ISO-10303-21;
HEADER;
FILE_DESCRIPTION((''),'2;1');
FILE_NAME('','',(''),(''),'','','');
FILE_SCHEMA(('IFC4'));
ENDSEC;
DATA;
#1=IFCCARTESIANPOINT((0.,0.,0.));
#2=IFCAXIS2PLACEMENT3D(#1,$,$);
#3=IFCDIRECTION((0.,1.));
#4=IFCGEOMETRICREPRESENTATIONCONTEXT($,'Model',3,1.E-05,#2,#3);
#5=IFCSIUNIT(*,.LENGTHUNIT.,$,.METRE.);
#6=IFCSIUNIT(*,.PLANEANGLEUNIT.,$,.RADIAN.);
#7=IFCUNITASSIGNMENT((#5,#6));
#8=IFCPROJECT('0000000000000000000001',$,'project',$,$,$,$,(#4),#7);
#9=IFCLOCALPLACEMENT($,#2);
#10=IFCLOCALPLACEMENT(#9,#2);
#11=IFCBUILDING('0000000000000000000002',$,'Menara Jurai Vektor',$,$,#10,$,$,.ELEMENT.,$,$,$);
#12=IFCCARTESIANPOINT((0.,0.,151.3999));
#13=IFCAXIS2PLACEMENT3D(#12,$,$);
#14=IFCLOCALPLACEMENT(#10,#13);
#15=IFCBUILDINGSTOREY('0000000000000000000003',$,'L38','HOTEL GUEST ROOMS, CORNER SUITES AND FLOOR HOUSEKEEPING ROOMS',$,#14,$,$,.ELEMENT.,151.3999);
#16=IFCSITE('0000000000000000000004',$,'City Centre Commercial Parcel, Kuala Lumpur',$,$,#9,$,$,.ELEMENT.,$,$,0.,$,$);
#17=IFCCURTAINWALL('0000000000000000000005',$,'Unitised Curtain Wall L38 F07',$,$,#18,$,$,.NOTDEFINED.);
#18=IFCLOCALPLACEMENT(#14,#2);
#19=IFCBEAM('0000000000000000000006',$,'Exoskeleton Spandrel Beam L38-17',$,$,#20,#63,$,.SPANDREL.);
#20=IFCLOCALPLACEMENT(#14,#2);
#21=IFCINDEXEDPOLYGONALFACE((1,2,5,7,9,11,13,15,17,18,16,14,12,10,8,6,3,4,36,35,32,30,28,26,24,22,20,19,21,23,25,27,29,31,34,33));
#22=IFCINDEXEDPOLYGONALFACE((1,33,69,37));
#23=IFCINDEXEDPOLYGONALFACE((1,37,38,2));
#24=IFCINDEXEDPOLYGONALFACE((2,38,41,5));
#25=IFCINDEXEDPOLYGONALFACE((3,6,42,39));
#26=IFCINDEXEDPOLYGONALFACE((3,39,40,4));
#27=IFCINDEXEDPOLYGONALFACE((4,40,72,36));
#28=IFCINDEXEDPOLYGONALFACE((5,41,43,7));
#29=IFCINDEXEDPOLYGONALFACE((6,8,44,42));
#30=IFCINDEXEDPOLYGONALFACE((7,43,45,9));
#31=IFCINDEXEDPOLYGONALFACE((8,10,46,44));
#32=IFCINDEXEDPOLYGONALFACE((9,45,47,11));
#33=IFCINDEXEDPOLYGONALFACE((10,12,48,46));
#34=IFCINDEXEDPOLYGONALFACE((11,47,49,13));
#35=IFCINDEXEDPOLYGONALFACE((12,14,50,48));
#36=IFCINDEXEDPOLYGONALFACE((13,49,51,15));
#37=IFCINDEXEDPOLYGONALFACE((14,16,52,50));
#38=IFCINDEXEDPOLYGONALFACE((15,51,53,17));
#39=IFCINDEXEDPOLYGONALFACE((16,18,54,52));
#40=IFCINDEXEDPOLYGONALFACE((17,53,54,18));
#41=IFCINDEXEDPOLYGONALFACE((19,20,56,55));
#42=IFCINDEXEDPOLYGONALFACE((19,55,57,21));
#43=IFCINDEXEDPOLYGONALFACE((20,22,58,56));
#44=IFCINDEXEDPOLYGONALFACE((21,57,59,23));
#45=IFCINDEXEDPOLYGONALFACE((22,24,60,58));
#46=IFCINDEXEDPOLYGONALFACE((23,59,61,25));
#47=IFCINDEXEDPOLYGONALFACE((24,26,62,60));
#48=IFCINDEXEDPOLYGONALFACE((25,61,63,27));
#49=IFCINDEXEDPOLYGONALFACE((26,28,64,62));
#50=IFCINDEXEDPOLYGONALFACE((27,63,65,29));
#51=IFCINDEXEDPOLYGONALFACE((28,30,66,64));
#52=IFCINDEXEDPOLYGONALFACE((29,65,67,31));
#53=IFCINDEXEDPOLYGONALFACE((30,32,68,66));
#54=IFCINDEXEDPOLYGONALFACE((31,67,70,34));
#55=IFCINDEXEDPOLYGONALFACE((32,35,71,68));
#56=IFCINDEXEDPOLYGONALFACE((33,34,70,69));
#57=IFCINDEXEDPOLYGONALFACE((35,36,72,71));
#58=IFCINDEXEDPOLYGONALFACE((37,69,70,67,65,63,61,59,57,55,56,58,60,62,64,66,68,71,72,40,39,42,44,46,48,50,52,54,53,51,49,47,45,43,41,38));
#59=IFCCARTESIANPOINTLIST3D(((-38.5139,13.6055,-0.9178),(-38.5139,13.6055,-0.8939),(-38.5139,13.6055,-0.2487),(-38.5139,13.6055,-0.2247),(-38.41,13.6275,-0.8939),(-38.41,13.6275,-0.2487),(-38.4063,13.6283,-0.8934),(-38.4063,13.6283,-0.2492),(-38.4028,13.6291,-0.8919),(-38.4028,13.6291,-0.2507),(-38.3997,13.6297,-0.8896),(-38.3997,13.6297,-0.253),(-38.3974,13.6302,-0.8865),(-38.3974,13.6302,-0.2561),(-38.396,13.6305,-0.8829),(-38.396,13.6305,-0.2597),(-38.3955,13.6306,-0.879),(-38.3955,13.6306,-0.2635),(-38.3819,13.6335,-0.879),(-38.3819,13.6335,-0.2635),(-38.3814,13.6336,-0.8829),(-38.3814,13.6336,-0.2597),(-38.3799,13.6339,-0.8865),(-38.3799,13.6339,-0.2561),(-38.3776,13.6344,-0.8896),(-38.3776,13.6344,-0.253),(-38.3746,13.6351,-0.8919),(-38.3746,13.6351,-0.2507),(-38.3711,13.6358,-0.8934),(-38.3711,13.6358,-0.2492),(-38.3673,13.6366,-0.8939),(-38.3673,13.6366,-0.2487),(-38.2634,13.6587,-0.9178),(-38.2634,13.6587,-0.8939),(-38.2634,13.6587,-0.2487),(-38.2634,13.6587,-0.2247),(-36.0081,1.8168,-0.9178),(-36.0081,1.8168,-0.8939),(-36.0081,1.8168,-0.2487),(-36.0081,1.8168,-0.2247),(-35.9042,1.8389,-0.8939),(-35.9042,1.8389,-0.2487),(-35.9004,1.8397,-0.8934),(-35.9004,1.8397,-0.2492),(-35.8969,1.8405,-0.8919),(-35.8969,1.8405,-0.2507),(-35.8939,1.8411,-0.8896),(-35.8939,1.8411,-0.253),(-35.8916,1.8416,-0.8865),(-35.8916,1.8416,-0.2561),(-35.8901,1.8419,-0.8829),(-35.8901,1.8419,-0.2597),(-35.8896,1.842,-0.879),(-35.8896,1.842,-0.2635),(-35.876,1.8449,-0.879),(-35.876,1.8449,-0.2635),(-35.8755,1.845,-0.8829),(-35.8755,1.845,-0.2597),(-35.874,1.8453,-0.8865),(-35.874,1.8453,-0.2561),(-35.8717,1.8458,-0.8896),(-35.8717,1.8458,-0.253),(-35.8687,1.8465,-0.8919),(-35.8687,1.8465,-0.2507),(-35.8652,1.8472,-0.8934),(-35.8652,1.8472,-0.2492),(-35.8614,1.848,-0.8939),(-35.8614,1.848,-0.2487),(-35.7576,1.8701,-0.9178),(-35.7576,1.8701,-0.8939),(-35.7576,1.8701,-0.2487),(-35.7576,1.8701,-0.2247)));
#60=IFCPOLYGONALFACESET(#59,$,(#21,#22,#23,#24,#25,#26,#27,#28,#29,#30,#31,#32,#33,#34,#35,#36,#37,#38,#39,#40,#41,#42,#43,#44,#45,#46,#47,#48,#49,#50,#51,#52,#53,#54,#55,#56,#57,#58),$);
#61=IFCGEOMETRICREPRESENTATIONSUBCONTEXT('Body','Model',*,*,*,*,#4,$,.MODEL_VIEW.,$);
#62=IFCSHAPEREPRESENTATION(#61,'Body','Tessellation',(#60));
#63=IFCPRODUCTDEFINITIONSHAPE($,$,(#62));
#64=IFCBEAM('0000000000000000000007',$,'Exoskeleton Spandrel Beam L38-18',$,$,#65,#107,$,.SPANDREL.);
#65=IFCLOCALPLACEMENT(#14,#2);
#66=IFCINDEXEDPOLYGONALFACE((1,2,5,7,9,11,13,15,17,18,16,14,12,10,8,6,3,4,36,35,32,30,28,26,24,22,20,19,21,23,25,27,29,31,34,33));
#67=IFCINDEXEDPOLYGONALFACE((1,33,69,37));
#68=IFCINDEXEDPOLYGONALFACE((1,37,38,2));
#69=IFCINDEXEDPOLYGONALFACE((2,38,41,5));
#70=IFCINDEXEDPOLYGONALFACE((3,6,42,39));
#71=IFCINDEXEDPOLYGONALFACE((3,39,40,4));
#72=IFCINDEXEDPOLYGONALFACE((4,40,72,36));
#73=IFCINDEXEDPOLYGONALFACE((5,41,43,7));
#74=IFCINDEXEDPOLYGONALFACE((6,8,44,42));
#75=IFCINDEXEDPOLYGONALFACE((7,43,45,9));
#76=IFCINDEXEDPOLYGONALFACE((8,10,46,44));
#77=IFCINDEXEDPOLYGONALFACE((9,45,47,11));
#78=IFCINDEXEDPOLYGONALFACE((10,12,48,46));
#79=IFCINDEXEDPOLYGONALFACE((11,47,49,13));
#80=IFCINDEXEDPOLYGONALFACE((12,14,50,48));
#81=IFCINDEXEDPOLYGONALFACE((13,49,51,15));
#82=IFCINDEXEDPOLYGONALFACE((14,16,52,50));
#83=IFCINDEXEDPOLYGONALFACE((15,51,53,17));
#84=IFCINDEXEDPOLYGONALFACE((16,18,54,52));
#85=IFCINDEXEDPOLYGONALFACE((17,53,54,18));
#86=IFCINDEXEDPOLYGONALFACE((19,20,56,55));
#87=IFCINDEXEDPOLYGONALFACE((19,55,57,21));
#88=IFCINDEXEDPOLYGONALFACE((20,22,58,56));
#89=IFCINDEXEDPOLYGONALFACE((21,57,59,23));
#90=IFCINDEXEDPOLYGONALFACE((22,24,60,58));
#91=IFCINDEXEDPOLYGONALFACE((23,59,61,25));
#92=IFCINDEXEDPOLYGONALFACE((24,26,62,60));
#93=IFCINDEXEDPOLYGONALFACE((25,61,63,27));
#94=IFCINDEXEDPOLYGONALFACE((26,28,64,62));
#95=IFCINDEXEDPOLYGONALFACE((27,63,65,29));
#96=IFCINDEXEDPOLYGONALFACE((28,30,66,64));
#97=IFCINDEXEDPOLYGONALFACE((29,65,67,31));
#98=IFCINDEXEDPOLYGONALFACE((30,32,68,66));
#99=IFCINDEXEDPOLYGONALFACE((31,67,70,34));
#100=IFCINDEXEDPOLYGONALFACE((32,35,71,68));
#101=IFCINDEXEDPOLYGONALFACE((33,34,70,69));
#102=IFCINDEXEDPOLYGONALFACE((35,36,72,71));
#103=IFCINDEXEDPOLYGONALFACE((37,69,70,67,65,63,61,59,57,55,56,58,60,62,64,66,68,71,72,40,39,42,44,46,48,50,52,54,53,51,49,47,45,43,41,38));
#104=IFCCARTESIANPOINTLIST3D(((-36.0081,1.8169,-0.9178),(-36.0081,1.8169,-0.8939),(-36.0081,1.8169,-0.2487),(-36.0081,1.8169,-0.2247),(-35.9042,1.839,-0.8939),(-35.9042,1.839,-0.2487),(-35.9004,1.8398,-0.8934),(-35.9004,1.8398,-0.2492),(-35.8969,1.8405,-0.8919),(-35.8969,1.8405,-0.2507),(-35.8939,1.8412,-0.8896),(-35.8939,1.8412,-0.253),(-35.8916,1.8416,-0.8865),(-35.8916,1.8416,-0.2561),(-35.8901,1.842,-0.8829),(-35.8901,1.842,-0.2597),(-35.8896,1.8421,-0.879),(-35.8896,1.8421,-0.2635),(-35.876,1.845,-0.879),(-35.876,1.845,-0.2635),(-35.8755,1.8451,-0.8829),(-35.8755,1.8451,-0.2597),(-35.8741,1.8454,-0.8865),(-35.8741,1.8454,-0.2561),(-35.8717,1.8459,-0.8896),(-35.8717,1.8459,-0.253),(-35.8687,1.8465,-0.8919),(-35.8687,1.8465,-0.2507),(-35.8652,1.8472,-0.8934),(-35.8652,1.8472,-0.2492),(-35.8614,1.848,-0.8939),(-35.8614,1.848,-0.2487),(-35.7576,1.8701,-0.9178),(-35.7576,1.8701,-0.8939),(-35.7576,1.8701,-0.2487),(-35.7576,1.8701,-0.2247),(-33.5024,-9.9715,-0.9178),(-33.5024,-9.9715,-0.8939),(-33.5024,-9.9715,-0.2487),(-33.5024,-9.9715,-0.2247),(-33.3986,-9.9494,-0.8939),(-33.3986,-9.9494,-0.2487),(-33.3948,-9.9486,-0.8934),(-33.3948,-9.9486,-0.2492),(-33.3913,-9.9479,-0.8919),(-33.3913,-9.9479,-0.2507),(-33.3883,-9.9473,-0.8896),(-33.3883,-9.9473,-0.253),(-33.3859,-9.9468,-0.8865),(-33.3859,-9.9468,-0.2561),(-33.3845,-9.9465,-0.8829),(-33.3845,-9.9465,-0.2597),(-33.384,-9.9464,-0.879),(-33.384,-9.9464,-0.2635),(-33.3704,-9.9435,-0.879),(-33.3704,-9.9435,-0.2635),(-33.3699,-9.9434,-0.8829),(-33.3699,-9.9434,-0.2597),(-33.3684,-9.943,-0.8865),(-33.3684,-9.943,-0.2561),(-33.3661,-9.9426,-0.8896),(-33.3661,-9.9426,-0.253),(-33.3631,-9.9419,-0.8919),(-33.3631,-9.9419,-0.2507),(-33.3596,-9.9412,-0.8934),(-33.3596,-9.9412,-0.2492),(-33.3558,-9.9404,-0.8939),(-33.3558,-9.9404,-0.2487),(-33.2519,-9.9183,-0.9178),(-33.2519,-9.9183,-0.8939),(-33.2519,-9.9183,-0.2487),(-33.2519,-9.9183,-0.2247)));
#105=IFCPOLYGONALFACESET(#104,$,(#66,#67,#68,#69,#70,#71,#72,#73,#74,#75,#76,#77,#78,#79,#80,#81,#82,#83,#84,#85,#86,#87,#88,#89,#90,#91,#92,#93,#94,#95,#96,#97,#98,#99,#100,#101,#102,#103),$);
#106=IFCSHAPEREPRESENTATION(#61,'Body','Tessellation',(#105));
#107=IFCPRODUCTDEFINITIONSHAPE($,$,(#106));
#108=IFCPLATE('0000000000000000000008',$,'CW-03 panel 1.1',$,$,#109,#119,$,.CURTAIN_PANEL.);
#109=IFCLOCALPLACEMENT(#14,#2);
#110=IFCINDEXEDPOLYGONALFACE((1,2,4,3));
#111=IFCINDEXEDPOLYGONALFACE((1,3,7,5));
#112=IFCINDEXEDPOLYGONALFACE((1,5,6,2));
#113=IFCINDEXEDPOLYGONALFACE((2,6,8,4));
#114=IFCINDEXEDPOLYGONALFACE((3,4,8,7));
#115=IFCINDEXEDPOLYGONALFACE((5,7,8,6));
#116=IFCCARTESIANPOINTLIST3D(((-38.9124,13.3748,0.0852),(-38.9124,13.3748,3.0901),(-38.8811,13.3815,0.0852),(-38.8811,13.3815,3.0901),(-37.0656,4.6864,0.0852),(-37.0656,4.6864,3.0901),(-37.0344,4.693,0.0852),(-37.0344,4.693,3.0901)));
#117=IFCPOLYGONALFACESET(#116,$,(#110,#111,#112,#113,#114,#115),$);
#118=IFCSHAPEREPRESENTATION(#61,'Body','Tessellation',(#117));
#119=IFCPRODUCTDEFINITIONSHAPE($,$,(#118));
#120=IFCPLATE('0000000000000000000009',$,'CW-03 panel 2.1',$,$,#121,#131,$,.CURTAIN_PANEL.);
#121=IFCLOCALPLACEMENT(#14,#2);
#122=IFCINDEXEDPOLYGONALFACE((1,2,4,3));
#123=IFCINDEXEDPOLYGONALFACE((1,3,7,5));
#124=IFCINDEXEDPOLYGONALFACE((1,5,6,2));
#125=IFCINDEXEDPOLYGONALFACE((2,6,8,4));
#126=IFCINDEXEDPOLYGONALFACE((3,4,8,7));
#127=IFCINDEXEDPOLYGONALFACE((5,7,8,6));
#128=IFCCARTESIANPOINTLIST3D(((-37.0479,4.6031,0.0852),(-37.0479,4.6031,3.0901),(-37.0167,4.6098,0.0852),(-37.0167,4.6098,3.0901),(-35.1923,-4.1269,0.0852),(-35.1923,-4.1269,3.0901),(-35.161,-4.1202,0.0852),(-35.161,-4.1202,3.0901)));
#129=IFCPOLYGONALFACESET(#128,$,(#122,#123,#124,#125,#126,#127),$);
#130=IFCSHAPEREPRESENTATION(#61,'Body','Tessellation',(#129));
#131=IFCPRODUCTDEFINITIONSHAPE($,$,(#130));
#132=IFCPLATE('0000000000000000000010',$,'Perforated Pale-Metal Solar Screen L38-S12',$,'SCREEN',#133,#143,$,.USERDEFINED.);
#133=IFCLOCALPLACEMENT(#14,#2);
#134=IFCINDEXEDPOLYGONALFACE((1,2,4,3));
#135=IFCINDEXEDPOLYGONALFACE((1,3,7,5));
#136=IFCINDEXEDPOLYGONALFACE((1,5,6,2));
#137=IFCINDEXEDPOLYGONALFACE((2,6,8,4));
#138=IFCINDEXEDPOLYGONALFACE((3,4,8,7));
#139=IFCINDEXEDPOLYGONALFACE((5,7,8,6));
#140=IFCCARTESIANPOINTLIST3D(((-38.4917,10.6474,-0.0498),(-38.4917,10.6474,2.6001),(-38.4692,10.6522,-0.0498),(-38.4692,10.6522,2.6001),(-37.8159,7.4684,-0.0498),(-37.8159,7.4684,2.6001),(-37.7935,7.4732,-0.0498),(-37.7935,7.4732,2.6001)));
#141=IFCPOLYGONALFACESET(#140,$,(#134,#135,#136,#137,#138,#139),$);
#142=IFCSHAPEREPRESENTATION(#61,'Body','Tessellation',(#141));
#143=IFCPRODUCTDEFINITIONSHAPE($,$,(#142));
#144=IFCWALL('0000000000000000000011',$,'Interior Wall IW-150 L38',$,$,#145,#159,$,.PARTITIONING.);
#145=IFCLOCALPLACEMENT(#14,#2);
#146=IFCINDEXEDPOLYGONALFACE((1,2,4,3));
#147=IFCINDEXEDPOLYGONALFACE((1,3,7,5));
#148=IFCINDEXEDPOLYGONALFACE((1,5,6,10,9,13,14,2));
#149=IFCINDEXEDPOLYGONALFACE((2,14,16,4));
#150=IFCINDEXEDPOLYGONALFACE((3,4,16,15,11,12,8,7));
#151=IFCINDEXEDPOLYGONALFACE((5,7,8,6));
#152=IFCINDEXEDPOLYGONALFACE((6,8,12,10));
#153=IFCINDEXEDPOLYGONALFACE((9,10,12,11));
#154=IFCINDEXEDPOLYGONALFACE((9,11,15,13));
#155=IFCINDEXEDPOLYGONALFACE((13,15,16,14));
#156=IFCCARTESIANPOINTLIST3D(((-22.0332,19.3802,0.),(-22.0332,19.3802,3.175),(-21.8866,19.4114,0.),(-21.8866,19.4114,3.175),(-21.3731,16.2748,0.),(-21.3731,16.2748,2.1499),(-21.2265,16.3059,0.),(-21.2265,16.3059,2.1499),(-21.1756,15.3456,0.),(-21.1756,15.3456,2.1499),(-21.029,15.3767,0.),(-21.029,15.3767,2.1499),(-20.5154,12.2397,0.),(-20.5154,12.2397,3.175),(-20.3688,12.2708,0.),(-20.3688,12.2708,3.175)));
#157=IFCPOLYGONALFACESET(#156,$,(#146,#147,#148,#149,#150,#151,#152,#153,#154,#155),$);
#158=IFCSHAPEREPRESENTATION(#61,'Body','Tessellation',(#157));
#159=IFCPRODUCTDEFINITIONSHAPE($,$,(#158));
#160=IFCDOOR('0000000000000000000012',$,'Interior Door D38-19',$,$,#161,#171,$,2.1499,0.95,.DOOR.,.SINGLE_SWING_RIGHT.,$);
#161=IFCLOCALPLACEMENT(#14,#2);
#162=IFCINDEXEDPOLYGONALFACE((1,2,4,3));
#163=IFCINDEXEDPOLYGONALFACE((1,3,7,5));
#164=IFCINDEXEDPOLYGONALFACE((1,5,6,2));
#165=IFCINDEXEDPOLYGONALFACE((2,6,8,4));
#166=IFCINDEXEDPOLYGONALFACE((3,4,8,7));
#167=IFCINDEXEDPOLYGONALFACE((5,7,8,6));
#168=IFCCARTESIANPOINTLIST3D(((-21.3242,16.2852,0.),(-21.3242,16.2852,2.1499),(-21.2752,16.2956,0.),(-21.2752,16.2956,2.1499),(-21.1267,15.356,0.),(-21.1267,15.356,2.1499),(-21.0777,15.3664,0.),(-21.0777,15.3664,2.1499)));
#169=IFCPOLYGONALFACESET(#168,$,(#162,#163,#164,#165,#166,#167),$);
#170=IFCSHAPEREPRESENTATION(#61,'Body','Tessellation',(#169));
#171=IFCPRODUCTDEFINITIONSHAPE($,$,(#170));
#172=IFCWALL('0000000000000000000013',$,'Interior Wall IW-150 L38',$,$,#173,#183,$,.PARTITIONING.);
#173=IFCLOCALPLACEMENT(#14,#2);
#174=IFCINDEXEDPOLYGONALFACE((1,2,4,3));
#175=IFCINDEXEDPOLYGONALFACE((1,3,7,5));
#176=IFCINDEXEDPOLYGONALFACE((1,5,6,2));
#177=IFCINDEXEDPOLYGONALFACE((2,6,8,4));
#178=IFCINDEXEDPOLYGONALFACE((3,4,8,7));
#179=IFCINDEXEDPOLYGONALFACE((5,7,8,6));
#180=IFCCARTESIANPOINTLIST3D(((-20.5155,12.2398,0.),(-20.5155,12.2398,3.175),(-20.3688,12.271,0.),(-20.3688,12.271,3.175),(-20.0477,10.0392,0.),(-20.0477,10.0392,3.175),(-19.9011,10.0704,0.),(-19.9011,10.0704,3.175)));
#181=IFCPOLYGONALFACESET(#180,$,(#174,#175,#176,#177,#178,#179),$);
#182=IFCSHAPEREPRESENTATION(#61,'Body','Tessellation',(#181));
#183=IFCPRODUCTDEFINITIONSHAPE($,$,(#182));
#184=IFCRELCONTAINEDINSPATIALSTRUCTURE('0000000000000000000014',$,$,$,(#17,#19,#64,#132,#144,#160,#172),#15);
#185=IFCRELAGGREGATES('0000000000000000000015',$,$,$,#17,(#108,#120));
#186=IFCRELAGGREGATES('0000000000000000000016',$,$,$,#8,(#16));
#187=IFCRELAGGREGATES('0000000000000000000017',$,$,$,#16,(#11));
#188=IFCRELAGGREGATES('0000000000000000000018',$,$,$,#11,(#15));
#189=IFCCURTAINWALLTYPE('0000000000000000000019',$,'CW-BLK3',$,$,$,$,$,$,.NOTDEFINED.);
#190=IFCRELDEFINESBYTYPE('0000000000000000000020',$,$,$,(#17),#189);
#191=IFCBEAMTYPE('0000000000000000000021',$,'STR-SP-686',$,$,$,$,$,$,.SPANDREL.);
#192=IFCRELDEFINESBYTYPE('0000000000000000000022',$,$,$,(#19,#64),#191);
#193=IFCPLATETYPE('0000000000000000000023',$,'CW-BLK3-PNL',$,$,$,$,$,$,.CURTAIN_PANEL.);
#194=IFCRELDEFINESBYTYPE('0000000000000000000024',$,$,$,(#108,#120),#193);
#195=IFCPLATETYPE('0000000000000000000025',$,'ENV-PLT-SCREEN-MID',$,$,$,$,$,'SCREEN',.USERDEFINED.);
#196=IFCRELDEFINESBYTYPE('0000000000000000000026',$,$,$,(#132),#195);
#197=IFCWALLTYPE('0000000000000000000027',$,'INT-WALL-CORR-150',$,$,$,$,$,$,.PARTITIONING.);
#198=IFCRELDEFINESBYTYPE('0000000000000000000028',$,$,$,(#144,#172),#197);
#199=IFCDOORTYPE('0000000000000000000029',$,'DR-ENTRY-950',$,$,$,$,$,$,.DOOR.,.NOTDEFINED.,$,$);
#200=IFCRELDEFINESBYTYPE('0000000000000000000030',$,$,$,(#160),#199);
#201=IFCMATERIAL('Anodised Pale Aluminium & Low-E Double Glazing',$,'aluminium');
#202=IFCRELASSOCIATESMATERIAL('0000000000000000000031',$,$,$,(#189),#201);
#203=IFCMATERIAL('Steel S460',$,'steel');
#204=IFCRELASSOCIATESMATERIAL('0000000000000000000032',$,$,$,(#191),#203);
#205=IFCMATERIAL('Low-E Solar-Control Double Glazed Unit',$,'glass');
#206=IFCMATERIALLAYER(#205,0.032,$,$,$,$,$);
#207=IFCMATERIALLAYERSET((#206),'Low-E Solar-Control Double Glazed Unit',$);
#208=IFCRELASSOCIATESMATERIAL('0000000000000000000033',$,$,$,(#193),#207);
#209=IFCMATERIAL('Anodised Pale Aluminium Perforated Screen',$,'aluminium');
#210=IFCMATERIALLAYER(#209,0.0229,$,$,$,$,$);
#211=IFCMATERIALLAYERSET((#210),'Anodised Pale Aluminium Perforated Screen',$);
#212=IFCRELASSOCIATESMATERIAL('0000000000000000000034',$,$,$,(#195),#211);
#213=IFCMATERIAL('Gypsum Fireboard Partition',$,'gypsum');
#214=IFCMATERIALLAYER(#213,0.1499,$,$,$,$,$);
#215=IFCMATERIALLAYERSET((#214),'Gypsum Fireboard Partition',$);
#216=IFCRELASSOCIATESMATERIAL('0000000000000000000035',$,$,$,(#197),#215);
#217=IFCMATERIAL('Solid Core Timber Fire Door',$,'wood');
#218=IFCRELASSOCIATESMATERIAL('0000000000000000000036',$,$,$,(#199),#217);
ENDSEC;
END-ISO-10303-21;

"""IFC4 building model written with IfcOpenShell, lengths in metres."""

from ifc_helpers import new_model, si_unit, direction, frame, frame_2d, origin, origin_2d, place, context, subcontext, project, spatial, rectangle, i_section, extrude, material, layer, layer_set, material_profile, profile_set, type_object, element, fill, aggregate, save


model = new_model("IFC4")

# Units and contexts
model_context = context("Model", 3, precision=1e-05, world=origin(), true_north=direction((0.0, 1.0)))
body_context = subcontext(model_context, "Body", "Model", "MODEL_VIEW")
ifc_project = project(units=[si_unit("LENGTHUNIT", "METRE"), si_unit("PLANEANGLEUNIT", "RADIAN")], contexts=[model_context])

# Site, building, storey
site_placement = place(None, origin())
site = spatial("IfcSite", under=ifc_project, at=site_placement, Name="City Centre Commercial Parcel, Kuala Lumpur", CompositionType="ELEMENT", RefElevation=0.0)
building_placement = place(site_placement, origin())
building = spatial("IfcBuilding", under=site, at=building_placement, Name="Menara Jurai Vektor", CompositionType="ELEMENT")
storey_placement = place(building_placement, frame((0.0, 0.0, 151.3999)))
storey = spatial("IfcBuildingStorey", under=building, at=storey_placement, Name="L38", Description="HOTEL GUEST ROOMS, CORNER SUITES AND FLOOR HOUSEKEEPING ROOMS", CompositionType="ELEMENT", Elevation=151.3999)

# Shared definitions
ifc_material_1 = material(Name="Steel S460", Category="steel")

# Curtain wall
ifc_material_2 = material(Name="Anodised Pale Aluminium & Low-E Double Glazing", Category="aluminium")
curtain_wall_type = type_object("IfcCurtainWallType", Name="CW-BLK3", PredefinedType="NOTDEFINED", material=ifc_material_2)
curtain_wall_placement = place(storey_placement, origin())
curtain_wall = element("IfcCurtainWall", 1, at=curtain_wall_placement, inside=storey, type_object=curtain_wall_type, Name="Unitised Curtain Wall L38 F07", PredefinedType="NOTDEFINED")

# Beams
ifc_material_profile_1 = material_profile(ifc_material_1, i_section(OverallWidth=0.2561, OverallDepth=0.6931, WebThickness=0.0139, FlangeThickness=0.0239, FilletRadius=0.0149, at=origin_2d()), Name="UKB 686x254x170")
ifc_profile_set_1 = profile_set([ifc_material_profile_1], Name="Steel S460")
beam_type_1 = type_object("IfcBeamType", Name="STR-SP-686", PredefinedType="SPANDREL", material=ifc_profile_set_1)
beam_1_placement = place(storey_placement, frame((-38.3887, 13.6321, -0.5713), z_axis=(0.207921, -0.978146, 0.0), x_axis=(0.978146, 0.207921, 0.0)))
element("IfcBeam", 2, at=beam_1_placement, inside=storey, type_object=beam_type_1, Name="Exoskeleton Spandrel Beam L38-17", PredefinedType="SPANDREL", context=body_context, shape_type="SweptSolid", body=[
    extrude(i_section(OverallWidth=0.2561, OverallDepth=0.6931, WebThickness=0.0139, FlangeThickness=0.0239, FilletRadius=0.0149, at=origin_2d()), origin(), (0.0, 0.0, 1.0), 12.052),
])
beam_2_placement = place(storey_placement, frame((-35.8828, 1.8435, -0.5713), z_axis=(0.207906, -0.978149, 0.0), x_axis=(0.978149, 0.207906, 0.0)))
element("IfcBeam", 3, at=beam_2_placement, inside=storey, type_object=beam_type_1, Name="Exoskeleton Spandrel Beam L38-18", PredefinedType="SPANDREL", context=body_context, shape_type="SweptSolid", body=[
    extrude(i_section(OverallWidth=0.2561, OverallDepth=0.6931, WebThickness=0.0139, FlangeThickness=0.0239, FilletRadius=0.0149, at=origin_2d()), origin(), (0.0, 0.0, 1.0), 12.0518),
])

# Plates
ifc_material_3 = material(Name="Low-E Solar-Control Double Glazed Unit", Category="glass")
ifc_layer_1 = layer(ifc_material_3, 0.032)
ifc_layer_set_1 = layer_set([ifc_layer_1], Name="Low-E Solar-Control Double Glazed Unit")
plate_type_1 = type_object("IfcPlateType", Name="CW-BLK3-PNL", PredefinedType="CURTAIN_PANEL", material=ifc_layer_set_1)
plate_1_placement = place(storey_placement, frame((-37.9734, 9.0339, 0.0852), z_axis=(0.0, 0.0, 1.0), x_axis=(0.20791, -0.978148, 0.0)))
plate_1 = element("IfcPlate", 4, at=plate_1_placement, type_object=plate_type_1, Name="CW-03 panel 1.1", PredefinedType="CURTAIN_PANEL", context=body_context, shape_type="SweptSolid", body=[
    extrude(rectangle(XDim=8.8826, YDim=0.032, at=origin_2d()), origin(), (0.0, 0.0, 1.0), 3.0049),
])
plate_2_placement = place(storey_placement, frame((-36.1045, 0.2415, 0.0852), z_axis=(0.0, 0.0, 1.0), x_axis=(0.20791, -0.978148, 0.0)))
plate_2 = element("IfcPlate", 5, at=plate_2_placement, type_object=plate_type_1, Name="CW-03 panel 2.1", PredefinedType="CURTAIN_PANEL", context=body_context, shape_type="SweptSolid", body=[
    extrude(rectangle(XDim=8.925, YDim=0.032, at=origin_2d()), origin(), (0.0, 0.0, 1.0), 3.0049),
])
aggregate(curtain_wall, [plate_1, plate_2])
ifc_material_4 = material(Name="Anodised Pale Aluminium Perforated Screen", Category="aluminium")
ifc_layer_2 = layer(ifc_material_4, 0.0229)
ifc_layer_set_2 = layer_set([ifc_layer_2], Name="Anodised Pale Aluminium Perforated Screen")
plate_type_2 = type_object("IfcPlateType", Name="ENV-PLT-SCREEN-MID", ElementType="SCREEN", PredefinedType="USERDEFINED", material=ifc_layer_set_2)
plate_3_placement = place(storey_placement, frame((-38.1426, 9.0603, -0.0498), z_axis=(0.0, 0.0, 1.0), x_axis=(0.207912, -0.978148, 0.0)))
element("IfcPlate", 6, at=plate_3_placement, inside=storey, type_object=plate_type_2, Name="Perforated Pale-Metal Solar Screen L38-S12", ObjectType="SCREEN", PredefinedType="USERDEFINED", context=body_context, shape_type="SweptSolid", body=[
    extrude(rectangle(XDim=3.25, YDim=0.0229, at=origin_2d()), origin(), (0.0, 0.0, 1.0), 2.6499),
])

# Wall, opening, door
ifc_material_5 = material(Name="Gypsum Fireboard Partition", Category="gypsum")
ifc_layer_3 = layer(ifc_material_5, 0.1499)
ifc_layer_set_3 = layer_set([ifc_layer_3], Name="Gypsum Fireboard Partition")
wall_type = type_object("IfcWallType", Name="INT-WALL-CORR-150", PredefinedType="PARTITIONING", material=ifc_layer_set_3)
wall_1_placement = place(storey_placement, frame((-20.4421, 12.2554, 0.0), z_axis=(0.0, 0.0, 1.0), x_axis=(-0.207916, 0.978147, 0.0)))
wall_1 = element("IfcWall", 7, at=wall_1_placement, inside=storey, type_object=wall_type, Name="Interior Wall IW-150 L38", PredefinedType="PARTITIONING", context=body_context, shape_type="SweptSolid", body=[
    extrude(rectangle(XDim=7.3, YDim=0.1499, at=frame_2d((3.6499, 0.0))), origin(), (0.0, 0.0, 1.0), 3.175),
])
opening_1_placement = place(wall_1_placement, frame((3.175, 0.0, 0.0)))
opening_1 = element("IfcOpeningElement", 8, at=opening_1_placement, cuts=wall_1, PredefinedType="OPENING", context=body_context, shape_type="SweptSolid", body=[
    extrude(rectangle(XDim=0.95, YDim=2.1499, at=frame_2d((0.4751, 1.075))), frame((0.0, 0.085, 0.0), z_axis=(0.0, -1.0, 0.0), x_axis=(1.0, 0.0, 0.0)), (0.0, 0.0, 1.0), 0.1699),
])
ifc_material_6 = material(Name="Solid Core Timber Fire Door", Category="wood")
door_type_1 = type_object("IfcDoorType", Name="DR-ENTRY-950", OperationType="NOTDEFINED", PredefinedType="DOOR", material=ifc_material_6)
door_1_placement = place(opening_1_placement, origin())
door_1 = element("IfcDoor", 9, at=door_1_placement, inside=storey, type_object=door_type_1, Name="Interior Door D38-19", OperationType="SINGLE_SWING_RIGHT", OverallHeight=2.1499, OverallWidth=0.95, PredefinedType="DOOR", context=body_context, shape_type="SweptSolid", body=[
    extrude(rectangle(XDim=0.95, YDim=2.1499, at=frame_2d((0.4751, 1.075))), frame((0.0, 0.0249, 0.0), z_axis=(0.0, -1.0, 0.0), x_axis=(1.0, 0.0, 0.0)), (0.0, 0.0, 1.0), 0.05),
])
fill(opening_1, door_1)

# Wall
wall_2_placement = place(storey_placement, frame((-19.9744, 10.0547, 0.0), z_axis=(0.0, 0.0, 1.0), x_axis=(-0.207913, 0.978147, 0.0)))
element("IfcWall", 10, at=wall_2_placement, inside=storey, type_object=wall_type, Name="Interior Wall IW-150 L38", PredefinedType="PARTITIONING", context=body_context, shape_type="SweptSolid", body=[
    extrude(rectangle(XDim=2.2498, YDim=0.1499, at=frame_2d((1.125, 0.0))), origin(), (0.0, 0.0, 1.0), 3.175),
])

save(model, "model.ifc")
